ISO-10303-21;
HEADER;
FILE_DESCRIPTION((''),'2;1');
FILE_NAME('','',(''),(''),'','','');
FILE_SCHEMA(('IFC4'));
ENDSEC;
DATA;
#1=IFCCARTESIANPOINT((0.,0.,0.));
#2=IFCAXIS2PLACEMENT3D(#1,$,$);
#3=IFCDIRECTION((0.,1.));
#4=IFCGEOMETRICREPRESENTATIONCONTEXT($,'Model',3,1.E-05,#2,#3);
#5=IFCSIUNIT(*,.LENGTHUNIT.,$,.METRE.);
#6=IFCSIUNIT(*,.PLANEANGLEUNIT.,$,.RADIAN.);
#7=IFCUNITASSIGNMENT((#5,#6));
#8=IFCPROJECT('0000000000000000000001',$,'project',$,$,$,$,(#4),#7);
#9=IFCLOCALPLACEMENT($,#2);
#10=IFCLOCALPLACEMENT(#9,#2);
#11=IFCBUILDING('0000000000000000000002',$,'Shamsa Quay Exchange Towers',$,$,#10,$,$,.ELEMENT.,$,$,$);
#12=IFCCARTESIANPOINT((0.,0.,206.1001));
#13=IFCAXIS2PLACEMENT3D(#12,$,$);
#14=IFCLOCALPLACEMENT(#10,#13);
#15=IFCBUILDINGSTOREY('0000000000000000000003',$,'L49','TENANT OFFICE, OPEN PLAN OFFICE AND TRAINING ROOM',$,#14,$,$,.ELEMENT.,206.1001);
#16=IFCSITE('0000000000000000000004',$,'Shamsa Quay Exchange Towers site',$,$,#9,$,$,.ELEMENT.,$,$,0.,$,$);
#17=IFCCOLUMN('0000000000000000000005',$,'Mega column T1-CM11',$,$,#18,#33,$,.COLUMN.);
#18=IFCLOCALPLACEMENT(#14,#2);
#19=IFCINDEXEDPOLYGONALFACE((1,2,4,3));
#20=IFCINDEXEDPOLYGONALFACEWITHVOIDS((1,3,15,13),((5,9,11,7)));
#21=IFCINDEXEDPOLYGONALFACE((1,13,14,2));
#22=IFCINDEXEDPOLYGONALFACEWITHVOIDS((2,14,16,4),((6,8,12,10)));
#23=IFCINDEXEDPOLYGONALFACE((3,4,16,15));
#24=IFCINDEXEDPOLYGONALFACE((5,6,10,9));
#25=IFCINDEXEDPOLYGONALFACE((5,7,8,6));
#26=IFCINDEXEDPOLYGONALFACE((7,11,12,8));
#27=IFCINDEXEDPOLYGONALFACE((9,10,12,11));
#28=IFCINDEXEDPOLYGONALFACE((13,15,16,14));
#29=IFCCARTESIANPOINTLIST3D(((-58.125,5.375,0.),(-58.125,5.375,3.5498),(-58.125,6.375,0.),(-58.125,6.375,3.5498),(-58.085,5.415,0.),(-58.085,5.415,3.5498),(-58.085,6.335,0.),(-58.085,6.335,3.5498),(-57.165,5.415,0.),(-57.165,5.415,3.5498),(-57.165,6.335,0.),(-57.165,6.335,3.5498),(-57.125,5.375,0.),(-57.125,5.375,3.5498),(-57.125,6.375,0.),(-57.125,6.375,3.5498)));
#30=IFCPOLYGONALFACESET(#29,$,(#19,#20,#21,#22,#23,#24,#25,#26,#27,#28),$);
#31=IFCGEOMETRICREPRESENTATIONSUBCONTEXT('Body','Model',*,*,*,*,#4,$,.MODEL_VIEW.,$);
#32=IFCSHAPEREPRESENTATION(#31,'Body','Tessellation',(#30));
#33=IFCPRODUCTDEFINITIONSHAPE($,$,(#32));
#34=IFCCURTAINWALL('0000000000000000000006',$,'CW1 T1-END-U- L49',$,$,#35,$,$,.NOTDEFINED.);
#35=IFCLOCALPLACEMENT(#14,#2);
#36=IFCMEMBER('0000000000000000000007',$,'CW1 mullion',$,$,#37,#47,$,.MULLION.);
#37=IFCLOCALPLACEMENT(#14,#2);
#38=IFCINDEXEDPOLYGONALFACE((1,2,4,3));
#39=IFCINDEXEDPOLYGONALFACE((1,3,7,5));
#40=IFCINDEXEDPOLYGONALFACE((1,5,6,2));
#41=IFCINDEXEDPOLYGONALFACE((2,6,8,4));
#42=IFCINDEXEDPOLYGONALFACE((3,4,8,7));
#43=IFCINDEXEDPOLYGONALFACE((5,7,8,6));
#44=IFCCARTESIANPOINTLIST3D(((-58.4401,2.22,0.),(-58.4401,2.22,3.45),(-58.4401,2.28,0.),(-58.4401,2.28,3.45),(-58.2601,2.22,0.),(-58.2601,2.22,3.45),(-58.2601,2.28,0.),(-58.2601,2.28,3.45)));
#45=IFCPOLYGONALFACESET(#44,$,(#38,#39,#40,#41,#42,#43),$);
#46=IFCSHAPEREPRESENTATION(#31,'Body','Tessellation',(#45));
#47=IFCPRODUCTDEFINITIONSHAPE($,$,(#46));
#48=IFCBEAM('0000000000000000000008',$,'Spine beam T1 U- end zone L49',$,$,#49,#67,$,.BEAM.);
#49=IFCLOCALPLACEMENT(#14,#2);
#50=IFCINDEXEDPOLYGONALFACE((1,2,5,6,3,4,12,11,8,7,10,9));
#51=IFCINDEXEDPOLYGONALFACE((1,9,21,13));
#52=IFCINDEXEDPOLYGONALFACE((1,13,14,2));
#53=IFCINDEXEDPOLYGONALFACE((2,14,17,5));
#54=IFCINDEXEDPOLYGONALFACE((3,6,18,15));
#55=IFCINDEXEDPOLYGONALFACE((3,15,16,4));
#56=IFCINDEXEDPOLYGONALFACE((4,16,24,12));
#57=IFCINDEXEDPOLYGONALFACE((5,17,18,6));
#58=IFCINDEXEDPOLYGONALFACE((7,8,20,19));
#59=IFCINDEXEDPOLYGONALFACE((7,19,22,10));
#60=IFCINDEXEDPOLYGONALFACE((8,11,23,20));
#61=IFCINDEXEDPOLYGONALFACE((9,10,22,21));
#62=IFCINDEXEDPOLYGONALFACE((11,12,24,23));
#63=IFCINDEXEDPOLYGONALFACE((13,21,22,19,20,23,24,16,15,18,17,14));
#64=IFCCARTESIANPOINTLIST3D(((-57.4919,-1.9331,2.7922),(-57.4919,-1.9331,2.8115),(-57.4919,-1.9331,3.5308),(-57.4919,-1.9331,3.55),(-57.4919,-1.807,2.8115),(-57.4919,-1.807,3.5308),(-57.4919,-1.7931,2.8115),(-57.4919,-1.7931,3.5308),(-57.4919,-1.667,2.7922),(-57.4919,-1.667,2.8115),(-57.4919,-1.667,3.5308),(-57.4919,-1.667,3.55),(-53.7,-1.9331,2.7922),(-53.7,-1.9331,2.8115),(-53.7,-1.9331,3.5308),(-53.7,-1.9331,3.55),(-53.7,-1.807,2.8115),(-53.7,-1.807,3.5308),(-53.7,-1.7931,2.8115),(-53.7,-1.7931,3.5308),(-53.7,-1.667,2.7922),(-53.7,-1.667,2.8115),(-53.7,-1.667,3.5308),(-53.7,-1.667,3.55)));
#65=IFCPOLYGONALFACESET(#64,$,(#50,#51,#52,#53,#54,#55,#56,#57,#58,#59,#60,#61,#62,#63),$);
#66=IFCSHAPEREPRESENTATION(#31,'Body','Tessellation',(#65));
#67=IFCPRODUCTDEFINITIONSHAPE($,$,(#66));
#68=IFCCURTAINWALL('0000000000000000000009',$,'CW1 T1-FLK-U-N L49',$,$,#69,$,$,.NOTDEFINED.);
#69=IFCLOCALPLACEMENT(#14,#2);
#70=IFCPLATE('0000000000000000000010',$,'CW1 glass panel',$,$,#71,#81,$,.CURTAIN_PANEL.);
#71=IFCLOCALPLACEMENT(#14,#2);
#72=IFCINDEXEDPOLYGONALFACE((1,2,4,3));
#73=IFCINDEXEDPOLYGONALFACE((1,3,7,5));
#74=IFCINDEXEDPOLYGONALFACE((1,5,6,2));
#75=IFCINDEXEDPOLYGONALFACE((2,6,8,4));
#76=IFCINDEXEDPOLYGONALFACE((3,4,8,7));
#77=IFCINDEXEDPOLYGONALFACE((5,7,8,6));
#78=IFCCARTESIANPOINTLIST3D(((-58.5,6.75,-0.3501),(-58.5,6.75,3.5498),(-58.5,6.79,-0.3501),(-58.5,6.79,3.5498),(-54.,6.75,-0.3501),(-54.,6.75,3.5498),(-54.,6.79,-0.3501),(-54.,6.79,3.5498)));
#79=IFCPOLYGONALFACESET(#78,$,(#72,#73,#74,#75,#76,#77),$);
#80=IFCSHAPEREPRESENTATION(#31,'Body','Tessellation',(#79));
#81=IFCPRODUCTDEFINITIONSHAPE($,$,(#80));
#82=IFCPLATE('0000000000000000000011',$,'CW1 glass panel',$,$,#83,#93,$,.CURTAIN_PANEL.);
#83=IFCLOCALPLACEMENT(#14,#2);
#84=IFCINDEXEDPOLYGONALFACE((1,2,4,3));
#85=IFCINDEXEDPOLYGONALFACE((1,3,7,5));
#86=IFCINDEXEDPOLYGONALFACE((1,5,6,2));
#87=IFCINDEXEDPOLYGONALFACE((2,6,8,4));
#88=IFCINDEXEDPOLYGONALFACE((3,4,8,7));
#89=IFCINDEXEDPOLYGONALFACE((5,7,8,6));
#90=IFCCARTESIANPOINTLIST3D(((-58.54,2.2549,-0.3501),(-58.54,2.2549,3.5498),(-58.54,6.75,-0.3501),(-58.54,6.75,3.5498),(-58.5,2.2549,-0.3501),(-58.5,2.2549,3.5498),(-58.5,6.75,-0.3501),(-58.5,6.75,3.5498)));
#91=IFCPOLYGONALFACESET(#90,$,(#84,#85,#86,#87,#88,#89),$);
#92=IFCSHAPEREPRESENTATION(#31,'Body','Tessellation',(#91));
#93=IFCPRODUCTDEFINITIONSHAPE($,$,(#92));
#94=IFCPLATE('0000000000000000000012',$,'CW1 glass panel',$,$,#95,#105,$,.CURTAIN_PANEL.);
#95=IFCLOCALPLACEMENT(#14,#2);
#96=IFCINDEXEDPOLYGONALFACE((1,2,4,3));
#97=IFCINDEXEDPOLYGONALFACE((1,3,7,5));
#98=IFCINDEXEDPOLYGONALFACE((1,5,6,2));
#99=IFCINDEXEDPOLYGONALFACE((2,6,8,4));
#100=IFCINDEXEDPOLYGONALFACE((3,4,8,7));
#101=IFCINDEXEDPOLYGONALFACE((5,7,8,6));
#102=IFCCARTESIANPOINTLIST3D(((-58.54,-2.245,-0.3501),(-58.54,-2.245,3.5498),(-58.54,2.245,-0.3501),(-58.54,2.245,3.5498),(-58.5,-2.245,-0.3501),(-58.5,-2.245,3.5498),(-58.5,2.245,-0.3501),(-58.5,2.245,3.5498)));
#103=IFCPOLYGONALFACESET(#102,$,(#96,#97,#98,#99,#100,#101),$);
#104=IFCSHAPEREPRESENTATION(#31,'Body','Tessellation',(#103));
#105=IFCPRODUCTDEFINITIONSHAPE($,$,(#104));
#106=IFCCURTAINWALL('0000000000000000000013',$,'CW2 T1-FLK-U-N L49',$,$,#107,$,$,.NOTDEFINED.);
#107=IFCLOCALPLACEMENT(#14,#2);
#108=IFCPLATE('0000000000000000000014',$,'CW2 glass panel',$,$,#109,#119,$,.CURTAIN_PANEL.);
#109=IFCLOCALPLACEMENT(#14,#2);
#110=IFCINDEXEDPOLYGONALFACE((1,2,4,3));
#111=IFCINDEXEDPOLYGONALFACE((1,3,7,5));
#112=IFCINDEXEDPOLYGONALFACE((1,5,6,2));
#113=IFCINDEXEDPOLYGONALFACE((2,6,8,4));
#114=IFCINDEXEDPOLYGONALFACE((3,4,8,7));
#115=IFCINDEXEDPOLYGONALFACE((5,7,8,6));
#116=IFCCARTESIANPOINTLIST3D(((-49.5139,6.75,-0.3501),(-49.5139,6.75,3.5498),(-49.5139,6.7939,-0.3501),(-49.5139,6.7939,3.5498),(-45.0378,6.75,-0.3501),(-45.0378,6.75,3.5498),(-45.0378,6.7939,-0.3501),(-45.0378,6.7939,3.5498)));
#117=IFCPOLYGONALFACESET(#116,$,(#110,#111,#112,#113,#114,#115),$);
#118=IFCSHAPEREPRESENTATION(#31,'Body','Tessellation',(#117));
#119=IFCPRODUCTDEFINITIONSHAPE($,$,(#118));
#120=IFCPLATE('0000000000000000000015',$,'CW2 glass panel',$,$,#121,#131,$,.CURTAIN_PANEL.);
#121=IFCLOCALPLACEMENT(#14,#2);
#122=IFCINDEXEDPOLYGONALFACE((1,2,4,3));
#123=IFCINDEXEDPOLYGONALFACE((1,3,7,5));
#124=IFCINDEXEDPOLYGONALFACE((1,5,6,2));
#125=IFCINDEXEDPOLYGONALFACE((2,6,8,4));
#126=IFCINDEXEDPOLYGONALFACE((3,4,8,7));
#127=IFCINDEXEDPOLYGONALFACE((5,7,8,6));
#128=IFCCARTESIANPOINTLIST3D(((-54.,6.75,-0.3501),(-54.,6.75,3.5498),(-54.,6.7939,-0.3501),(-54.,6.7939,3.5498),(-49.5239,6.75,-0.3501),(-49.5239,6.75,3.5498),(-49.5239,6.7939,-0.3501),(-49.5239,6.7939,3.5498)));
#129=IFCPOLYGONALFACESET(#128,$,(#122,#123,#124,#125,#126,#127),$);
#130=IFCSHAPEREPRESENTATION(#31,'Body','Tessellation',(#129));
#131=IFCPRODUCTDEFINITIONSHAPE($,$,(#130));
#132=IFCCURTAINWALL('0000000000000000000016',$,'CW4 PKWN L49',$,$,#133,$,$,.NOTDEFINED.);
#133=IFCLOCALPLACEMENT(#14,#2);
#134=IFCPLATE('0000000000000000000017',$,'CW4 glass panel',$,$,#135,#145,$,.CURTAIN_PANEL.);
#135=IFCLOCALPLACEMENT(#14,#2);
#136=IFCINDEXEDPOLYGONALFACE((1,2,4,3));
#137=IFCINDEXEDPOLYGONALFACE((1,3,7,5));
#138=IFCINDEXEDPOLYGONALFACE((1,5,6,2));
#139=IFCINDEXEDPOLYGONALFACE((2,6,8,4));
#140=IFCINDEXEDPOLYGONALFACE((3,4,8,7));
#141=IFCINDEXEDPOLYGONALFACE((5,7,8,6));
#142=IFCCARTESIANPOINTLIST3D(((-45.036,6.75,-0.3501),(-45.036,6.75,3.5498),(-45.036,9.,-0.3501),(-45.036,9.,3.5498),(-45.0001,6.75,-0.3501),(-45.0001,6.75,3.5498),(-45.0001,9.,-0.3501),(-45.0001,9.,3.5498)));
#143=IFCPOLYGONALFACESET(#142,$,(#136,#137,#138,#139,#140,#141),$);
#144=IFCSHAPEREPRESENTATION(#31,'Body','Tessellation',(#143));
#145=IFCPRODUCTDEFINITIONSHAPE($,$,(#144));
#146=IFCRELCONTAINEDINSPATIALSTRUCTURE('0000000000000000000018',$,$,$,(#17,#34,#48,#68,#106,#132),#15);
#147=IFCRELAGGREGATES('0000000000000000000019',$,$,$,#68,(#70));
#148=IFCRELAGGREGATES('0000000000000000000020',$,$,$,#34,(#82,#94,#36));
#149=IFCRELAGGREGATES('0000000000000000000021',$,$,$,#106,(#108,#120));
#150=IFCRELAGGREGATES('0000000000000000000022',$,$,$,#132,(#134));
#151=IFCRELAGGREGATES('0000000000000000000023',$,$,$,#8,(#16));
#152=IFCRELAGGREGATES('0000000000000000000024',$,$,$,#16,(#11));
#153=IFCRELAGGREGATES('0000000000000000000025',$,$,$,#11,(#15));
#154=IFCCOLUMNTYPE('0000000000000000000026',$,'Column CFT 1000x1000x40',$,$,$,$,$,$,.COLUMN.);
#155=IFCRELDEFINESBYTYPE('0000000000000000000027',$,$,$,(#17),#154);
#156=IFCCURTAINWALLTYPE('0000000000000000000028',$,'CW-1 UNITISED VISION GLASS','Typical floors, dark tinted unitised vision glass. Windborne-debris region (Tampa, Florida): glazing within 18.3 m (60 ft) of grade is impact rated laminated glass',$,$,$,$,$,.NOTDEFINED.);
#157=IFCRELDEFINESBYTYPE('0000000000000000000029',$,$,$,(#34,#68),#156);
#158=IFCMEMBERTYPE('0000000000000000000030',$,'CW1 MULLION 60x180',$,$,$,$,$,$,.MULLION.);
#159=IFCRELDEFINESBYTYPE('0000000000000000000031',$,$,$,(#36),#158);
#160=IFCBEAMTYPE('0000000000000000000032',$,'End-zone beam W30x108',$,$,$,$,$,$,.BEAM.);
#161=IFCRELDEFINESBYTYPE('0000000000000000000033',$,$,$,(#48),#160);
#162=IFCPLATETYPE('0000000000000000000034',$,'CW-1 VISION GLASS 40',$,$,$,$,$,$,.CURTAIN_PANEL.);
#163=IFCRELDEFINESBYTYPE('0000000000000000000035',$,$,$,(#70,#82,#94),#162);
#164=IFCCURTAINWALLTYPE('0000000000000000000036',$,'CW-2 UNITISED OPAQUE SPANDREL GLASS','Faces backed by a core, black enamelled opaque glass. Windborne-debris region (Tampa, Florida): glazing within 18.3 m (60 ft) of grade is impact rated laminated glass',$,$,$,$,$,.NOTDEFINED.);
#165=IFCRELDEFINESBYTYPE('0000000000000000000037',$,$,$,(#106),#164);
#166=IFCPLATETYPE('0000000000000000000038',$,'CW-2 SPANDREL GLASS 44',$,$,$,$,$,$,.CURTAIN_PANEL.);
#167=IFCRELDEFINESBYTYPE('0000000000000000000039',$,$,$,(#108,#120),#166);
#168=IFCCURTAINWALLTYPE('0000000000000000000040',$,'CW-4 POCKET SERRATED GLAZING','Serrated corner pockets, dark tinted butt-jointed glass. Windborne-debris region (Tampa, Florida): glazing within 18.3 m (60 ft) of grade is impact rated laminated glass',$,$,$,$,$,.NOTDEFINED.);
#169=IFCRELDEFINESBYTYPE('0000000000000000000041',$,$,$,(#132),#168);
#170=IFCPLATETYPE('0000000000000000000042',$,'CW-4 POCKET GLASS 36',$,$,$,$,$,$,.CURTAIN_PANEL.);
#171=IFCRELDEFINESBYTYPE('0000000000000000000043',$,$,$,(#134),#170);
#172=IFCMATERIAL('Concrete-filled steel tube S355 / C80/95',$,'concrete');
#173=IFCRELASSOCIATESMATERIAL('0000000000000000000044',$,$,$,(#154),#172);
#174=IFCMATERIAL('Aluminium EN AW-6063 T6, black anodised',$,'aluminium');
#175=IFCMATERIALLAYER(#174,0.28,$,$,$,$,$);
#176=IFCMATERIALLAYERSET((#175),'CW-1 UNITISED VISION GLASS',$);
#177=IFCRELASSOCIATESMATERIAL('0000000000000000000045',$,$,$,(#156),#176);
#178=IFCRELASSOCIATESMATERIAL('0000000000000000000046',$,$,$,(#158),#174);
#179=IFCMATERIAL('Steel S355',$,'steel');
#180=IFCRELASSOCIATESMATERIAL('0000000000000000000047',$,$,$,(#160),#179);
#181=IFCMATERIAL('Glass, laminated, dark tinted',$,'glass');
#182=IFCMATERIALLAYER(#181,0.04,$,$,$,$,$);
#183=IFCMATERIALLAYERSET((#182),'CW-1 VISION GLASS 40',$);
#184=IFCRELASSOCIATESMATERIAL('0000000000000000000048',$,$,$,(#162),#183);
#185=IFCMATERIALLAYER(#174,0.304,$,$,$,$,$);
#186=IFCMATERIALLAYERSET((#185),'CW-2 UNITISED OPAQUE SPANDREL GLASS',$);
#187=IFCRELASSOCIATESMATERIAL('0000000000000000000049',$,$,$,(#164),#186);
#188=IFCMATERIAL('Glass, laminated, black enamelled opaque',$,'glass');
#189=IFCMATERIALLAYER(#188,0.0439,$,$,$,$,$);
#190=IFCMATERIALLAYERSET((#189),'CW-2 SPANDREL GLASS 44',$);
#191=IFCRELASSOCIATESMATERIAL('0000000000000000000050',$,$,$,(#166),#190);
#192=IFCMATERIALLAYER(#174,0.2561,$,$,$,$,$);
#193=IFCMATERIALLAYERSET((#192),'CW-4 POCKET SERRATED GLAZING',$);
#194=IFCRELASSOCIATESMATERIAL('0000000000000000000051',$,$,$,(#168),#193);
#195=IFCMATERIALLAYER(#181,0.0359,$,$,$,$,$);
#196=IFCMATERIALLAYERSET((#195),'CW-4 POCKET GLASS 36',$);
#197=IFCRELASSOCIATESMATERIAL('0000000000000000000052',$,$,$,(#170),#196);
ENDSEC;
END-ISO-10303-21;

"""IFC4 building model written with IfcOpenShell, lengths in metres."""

from ifc_helpers import new_model, si_unit, direction, frame, origin, origin_2d, place, context, subcontext, project, spatial, rectangle, hollow_rectangle, i_section, extrude, material, layer, layer_set, material_profile, profile_set, type_object, element, aggregate, save


model = new_model("IFC4")

# Units and contexts
model_context = context("Model", 3, precision=1e-05, world=origin(), true_north=direction((0.0, 1.0)))
body_context = subcontext(model_context, "Body", "Model", "MODEL_VIEW")
ifc_project = project(units=[si_unit("LENGTHUNIT", "METRE"), si_unit("PLANEANGLEUNIT", "RADIAN")], contexts=[model_context])

# Site, building, storey
site_placement = place(None, origin())
site = spatial("IfcSite", under=ifc_project, at=site_placement, Name="Shamsa Quay Exchange Towers site", CompositionType="ELEMENT", RefElevation=0.0)
building_placement = place(site_placement, origin())
building = spatial("IfcBuilding", under=site, at=building_placement, Name="Shamsa Quay Exchange Towers", CompositionType="ELEMENT")
storey_placement = place(building_placement, frame((0.0, 0.0, 206.1001)))
storey = spatial("IfcBuildingStorey", under=building, at=storey_placement, Name="L49", Description="TENANT OFFICE, OPEN PLAN OFFICE AND TRAINING ROOM", CompositionType="ELEMENT", Elevation=206.1001)

# Column
ifc_material_1 = material(Name="Concrete-filled steel tube S355 / C80/95", Category="concrete")
ifc_material_profile_1 = material_profile(ifc_material_1, hollow_rectangle(XDim=1.0, YDim=1.0, WallThickness=0.04, at=origin_2d()), Name="CFT 1000x1000x40")
ifc_profile_set_1 = profile_set([ifc_material_profile_1], Name="Concrete-filled steel tube S355 / C80/95")
column_type = type_object("IfcColumnType", Name="Column CFT 1000x1000x40", PredefinedType="COLUMN", material=ifc_profile_set_1)
column_placement = place(storey_placement, frame((-57.625, 5.875, 0.0)))
element("IfcColumn", 1, at=column_placement, inside=storey, type_object=column_type, Name="Mega column T1-CM11", PredefinedType="COLUMN", context=body_context, shape_type="SweptSolid", body=[
    extrude(hollow_rectangle(XDim=1.0, YDim=1.0, WallThickness=0.04, at=origin_2d()), origin(), (0.0, 0.0, 1.0), 3.5498),
])

# Curtain wall, member
ifc_material_2 = material(Name="Aluminium EN AW-6063 T6, black anodised", Category="aluminium")
ifc_layer_1 = layer(ifc_material_2, 0.28)
ifc_layer_set_1 = layer_set([ifc_layer_1], Name="CW-1 UNITISED VISION GLASS")
curtain_wall_type_1 = type_object("IfcCurtainWallType", Name="CW-1 UNITISED VISION GLASS", Description="Typical floors, dark tinted unitised vision glass. Windborne-debris region (Tampa, Florida): glazing within 18.3 m (60 ft) of grade is impact rated laminated glass", PredefinedType="NOTDEFINED", material=ifc_layer_set_1)
curtain_wall_1_placement = place(storey_placement, origin())
curtain_wall_1 = element("IfcCurtainWall", 2, at=curtain_wall_1_placement, inside=storey, type_object=curtain_wall_type_1, Name="CW1 T1-END-U- L49", PredefinedType="NOTDEFINED")
ifc_material_profile_2 = material_profile(ifc_material_2, rectangle(XDim=0.1799, YDim=0.0601, at=origin_2d()), Name="MU60x180")
ifc_profile_set_2 = profile_set([ifc_material_profile_2], Name="Aluminium EN AW-6063 T6, black anodised")
member_type = type_object("IfcMemberType", Name="CW1 MULLION 60x180", PredefinedType="MULLION", material=ifc_profile_set_2)
member_placement = place(storey_placement, frame((-58.3501, 2.25, 0.0)))
member = element("IfcMember", 3, at=member_placement, type_object=member_type, Name="CW1 mullion", PredefinedType="MULLION", context=body_context, shape_type="SweptSolid", body=[
    extrude(rectangle(XDim=0.1799, YDim=0.0601, at=origin_2d()), origin(), (0.0, 0.0, 1.0), 3.45),
])

# Beam
ifc_material_3 = material(Name="Steel S355", Category="steel")
ifc_material_profile_3 = material_profile(ifc_material_3, i_section(OverallWidth=0.2661, OverallDepth=0.7578, WebThickness=0.0139, FlangeThickness=0.0193, at=origin_2d()), Name="W30x108")
ifc_profile_set_3 = profile_set([ifc_material_profile_3], Name="Steel S355")
beam_type = type_object("IfcBeamType", Name="End-zone beam W30x108", PredefinedType="BEAM", material=ifc_profile_set_3)
beam_placement = place(storey_placement, frame((-53.7, -1.8, 3.1711), z_axis=(-1.0, 0.0, 0.0), x_axis=(0.0, -1.0, 0.0)))
element("IfcBeam", 4, at=beam_placement, inside=storey, type_object=beam_type, Name="Spine beam T1 U- end zone L49", PredefinedType="BEAM", context=body_context, shape_type="SweptSolid", body=[
    extrude(i_section(OverallWidth=0.2661, OverallDepth=0.7578, WebThickness=0.0139, FlangeThickness=0.0193, at=origin_2d()), origin(), (0.0, 0.0, 1.0), 3.792),
])

# Curtain wall, plate
curtain_wall_2_placement = place(storey_placement, origin())
curtain_wall_2 = element("IfcCurtainWall", 5, at=curtain_wall_2_placement, inside=storey, type_object=curtain_wall_type_1, Name="CW1 T1-FLK-U-N L49", PredefinedType="NOTDEFINED")
ifc_material_4 = material(Name="Glass, laminated, dark tinted", Category="glass")
ifc_layer_2 = layer(ifc_material_4, 0.04)
ifc_layer_set_2 = layer_set([ifc_layer_2], Name="CW-1 VISION GLASS 40")
plate_type_1 = type_object("IfcPlateType", Name="CW-1 VISION GLASS 40", PredefinedType="CURTAIN_PANEL", material=ifc_layer_set_2)
plate_1_placement = place(storey_placement, frame((-56.25, 6.77, -0.3501), z_axis=(0.0, 0.0, 1.0), x_axis=(-1.0, 0.0, 0.0)))
plate_1 = element("IfcPlate", 6, at=plate_1_placement, type_object=plate_type_1, Name="CW1 glass panel", PredefinedType="CURTAIN_PANEL", context=body_context, shape_type="SweptSolid", body=[
    extrude(rectangle(XDim=4.5, YDim=0.04, at=origin_2d()), origin(), (0.0, 0.0, 1.0), 3.8999),
])
aggregate(curtain_wall_2, [plate_1])

# Plates
plate_2_placement = place(storey_placement, frame((-58.52, 4.5024, -0.3501), z_axis=(0.0, 0.0, 1.0), x_axis=(0.0, -1.0, 0.0)))
plate_2 = element("IfcPlate", 7, at=plate_2_placement, type_object=plate_type_1, Name="CW1 glass panel", PredefinedType="CURTAIN_PANEL", context=body_context, shape_type="SweptSolid", body=[
    extrude(rectangle(XDim=4.4951, YDim=0.04, at=origin_2d()), origin(), (0.0, 0.0, 1.0), 3.8999),
])
plate_3_placement = place(storey_placement, frame((-58.52, 0.0, -0.3501), z_axis=(0.0, 0.0, 1.0), x_axis=(0.0, -1.0, 0.0)))
plate_3 = element("IfcPlate", 8, at=plate_3_placement, type_object=plate_type_1, Name="CW1 glass panel", PredefinedType="CURTAIN_PANEL", context=body_context, shape_type="SweptSolid", body=[
    extrude(rectangle(XDim=4.49, YDim=0.04, at=origin_2d()), origin(), (0.0, 0.0, 1.0), 3.8999),
])
aggregate(curtain_wall_1, [plate_2, plate_3, member])

# Curtain wall, plates
ifc_layer_3 = layer(ifc_material_2, 0.304)
ifc_layer_set_3 = layer_set([ifc_layer_3], Name="CW-2 UNITISED OPAQUE SPANDREL GLASS")
curtain_wall_type_2 = type_object("IfcCurtainWallType", Name="CW-2 UNITISED OPAQUE SPANDREL GLASS", Description="Faces backed by a core, black enamelled opaque glass. Windborne-debris region (Tampa, Florida): glazing within 18.3 m (60 ft) of grade is impact rated laminated glass", PredefinedType="NOTDEFINED", material=ifc_layer_set_3)
curtain_wall_3_placement = place(storey_placement, origin())
curtain_wall_3 = element("IfcCurtainWall", 9, at=curtain_wall_3_placement, inside=storey, type_object=curtain_wall_type_2, Name="CW2 T1-FLK-U-N L49", PredefinedType="NOTDEFINED")
ifc_material_5 = material(Name="Glass, laminated, black enamelled opaque", Category="glass")
ifc_layer_4 = layer(ifc_material_5, 0.0439)
ifc_layer_set_4 = layer_set([ifc_layer_4], Name="CW-2 SPANDREL GLASS 44")
plate_type_2 = type_object("IfcPlateType", Name="CW-2 SPANDREL GLASS 44", PredefinedType="CURTAIN_PANEL", material=ifc_layer_set_4)
plate_4_placement = place(storey_placement, frame((-47.2759, 6.772, -0.3501), z_axis=(0.0, 0.0, 1.0), x_axis=(-1.0, 0.0, 0.0)))
plate_4 = element("IfcPlate", 10, at=plate_4_placement, type_object=plate_type_2, Name="CW2 glass panel", PredefinedType="CURTAIN_PANEL", context=body_context, shape_type="SweptSolid", body=[
    extrude(rectangle(XDim=4.4761, YDim=0.0439, at=origin_2d()), origin(), (0.0, 0.0, 1.0), 3.8999),
])
plate_5_placement = place(storey_placement, frame((-51.762, 6.772, -0.3501), z_axis=(0.0, 0.0, 1.0), x_axis=(-1.0, 0.0, 0.0)))
plate_5 = element("IfcPlate", 11, at=plate_5_placement, type_object=plate_type_2, Name="CW2 glass panel", PredefinedType="CURTAIN_PANEL", context=body_context, shape_type="SweptSolid", body=[
    extrude(rectangle(XDim=4.4761, YDim=0.0439, at=origin_2d()), origin(), (0.0, 0.0, 1.0), 3.8999),
])
aggregate(curtain_wall_3, [plate_4, plate_5])

# Curtain wall, plate
ifc_layer_5 = layer(ifc_material_2, 0.2561)
ifc_layer_set_5 = layer_set([ifc_layer_5], Name="CW-4 POCKET SERRATED GLAZING")
curtain_wall_type_3 = type_object("IfcCurtainWallType", Name="CW-4 POCKET SERRATED GLAZING", Description="Serrated corner pockets, dark tinted butt-jointed glass. Windborne-debris region (Tampa, Florida): glazing within 18.3 m (60 ft) of grade is impact rated laminated glass", PredefinedType="NOTDEFINED", material=ifc_layer_set_5)
curtain_wall_4_placement = place(storey_placement, origin())
curtain_wall_4 = element("IfcCurtainWall", 12, at=curtain_wall_4_placement, inside=storey, type_object=curtain_wall_type_3, Name="CW4 PKWN L49", PredefinedType="NOTDEFINED")
ifc_layer_6 = layer(ifc_material_4, 0.0359)
ifc_layer_set_6 = layer_set([ifc_layer_6], Name="CW-4 POCKET GLASS 36")
plate_type_3 = type_object("IfcPlateType", Name="CW-4 POCKET GLASS 36", PredefinedType="CURTAIN_PANEL", material=ifc_layer_set_6)
plate_6_placement = place(storey_placement, frame((-45.0181, 7.875, -0.3501), z_axis=(0.0, 0.0, 1.0), x_axis=(0.0, -1.0, 0.0)))
plate_6 = element("IfcPlate", 13, at=plate_6_placement, type_object=plate_type_3, Name="CW4 glass panel", PredefinedType="CURTAIN_PANEL", context=body_context, shape_type="SweptSolid", body=[
    extrude(rectangle(XDim=2.25, YDim=0.0359, at=origin_2d()), origin(), (0.0, 0.0, 1.0), 3.8999),
])
aggregate(curtain_wall_4, [plate_6])

save(model, "model.ifc")
